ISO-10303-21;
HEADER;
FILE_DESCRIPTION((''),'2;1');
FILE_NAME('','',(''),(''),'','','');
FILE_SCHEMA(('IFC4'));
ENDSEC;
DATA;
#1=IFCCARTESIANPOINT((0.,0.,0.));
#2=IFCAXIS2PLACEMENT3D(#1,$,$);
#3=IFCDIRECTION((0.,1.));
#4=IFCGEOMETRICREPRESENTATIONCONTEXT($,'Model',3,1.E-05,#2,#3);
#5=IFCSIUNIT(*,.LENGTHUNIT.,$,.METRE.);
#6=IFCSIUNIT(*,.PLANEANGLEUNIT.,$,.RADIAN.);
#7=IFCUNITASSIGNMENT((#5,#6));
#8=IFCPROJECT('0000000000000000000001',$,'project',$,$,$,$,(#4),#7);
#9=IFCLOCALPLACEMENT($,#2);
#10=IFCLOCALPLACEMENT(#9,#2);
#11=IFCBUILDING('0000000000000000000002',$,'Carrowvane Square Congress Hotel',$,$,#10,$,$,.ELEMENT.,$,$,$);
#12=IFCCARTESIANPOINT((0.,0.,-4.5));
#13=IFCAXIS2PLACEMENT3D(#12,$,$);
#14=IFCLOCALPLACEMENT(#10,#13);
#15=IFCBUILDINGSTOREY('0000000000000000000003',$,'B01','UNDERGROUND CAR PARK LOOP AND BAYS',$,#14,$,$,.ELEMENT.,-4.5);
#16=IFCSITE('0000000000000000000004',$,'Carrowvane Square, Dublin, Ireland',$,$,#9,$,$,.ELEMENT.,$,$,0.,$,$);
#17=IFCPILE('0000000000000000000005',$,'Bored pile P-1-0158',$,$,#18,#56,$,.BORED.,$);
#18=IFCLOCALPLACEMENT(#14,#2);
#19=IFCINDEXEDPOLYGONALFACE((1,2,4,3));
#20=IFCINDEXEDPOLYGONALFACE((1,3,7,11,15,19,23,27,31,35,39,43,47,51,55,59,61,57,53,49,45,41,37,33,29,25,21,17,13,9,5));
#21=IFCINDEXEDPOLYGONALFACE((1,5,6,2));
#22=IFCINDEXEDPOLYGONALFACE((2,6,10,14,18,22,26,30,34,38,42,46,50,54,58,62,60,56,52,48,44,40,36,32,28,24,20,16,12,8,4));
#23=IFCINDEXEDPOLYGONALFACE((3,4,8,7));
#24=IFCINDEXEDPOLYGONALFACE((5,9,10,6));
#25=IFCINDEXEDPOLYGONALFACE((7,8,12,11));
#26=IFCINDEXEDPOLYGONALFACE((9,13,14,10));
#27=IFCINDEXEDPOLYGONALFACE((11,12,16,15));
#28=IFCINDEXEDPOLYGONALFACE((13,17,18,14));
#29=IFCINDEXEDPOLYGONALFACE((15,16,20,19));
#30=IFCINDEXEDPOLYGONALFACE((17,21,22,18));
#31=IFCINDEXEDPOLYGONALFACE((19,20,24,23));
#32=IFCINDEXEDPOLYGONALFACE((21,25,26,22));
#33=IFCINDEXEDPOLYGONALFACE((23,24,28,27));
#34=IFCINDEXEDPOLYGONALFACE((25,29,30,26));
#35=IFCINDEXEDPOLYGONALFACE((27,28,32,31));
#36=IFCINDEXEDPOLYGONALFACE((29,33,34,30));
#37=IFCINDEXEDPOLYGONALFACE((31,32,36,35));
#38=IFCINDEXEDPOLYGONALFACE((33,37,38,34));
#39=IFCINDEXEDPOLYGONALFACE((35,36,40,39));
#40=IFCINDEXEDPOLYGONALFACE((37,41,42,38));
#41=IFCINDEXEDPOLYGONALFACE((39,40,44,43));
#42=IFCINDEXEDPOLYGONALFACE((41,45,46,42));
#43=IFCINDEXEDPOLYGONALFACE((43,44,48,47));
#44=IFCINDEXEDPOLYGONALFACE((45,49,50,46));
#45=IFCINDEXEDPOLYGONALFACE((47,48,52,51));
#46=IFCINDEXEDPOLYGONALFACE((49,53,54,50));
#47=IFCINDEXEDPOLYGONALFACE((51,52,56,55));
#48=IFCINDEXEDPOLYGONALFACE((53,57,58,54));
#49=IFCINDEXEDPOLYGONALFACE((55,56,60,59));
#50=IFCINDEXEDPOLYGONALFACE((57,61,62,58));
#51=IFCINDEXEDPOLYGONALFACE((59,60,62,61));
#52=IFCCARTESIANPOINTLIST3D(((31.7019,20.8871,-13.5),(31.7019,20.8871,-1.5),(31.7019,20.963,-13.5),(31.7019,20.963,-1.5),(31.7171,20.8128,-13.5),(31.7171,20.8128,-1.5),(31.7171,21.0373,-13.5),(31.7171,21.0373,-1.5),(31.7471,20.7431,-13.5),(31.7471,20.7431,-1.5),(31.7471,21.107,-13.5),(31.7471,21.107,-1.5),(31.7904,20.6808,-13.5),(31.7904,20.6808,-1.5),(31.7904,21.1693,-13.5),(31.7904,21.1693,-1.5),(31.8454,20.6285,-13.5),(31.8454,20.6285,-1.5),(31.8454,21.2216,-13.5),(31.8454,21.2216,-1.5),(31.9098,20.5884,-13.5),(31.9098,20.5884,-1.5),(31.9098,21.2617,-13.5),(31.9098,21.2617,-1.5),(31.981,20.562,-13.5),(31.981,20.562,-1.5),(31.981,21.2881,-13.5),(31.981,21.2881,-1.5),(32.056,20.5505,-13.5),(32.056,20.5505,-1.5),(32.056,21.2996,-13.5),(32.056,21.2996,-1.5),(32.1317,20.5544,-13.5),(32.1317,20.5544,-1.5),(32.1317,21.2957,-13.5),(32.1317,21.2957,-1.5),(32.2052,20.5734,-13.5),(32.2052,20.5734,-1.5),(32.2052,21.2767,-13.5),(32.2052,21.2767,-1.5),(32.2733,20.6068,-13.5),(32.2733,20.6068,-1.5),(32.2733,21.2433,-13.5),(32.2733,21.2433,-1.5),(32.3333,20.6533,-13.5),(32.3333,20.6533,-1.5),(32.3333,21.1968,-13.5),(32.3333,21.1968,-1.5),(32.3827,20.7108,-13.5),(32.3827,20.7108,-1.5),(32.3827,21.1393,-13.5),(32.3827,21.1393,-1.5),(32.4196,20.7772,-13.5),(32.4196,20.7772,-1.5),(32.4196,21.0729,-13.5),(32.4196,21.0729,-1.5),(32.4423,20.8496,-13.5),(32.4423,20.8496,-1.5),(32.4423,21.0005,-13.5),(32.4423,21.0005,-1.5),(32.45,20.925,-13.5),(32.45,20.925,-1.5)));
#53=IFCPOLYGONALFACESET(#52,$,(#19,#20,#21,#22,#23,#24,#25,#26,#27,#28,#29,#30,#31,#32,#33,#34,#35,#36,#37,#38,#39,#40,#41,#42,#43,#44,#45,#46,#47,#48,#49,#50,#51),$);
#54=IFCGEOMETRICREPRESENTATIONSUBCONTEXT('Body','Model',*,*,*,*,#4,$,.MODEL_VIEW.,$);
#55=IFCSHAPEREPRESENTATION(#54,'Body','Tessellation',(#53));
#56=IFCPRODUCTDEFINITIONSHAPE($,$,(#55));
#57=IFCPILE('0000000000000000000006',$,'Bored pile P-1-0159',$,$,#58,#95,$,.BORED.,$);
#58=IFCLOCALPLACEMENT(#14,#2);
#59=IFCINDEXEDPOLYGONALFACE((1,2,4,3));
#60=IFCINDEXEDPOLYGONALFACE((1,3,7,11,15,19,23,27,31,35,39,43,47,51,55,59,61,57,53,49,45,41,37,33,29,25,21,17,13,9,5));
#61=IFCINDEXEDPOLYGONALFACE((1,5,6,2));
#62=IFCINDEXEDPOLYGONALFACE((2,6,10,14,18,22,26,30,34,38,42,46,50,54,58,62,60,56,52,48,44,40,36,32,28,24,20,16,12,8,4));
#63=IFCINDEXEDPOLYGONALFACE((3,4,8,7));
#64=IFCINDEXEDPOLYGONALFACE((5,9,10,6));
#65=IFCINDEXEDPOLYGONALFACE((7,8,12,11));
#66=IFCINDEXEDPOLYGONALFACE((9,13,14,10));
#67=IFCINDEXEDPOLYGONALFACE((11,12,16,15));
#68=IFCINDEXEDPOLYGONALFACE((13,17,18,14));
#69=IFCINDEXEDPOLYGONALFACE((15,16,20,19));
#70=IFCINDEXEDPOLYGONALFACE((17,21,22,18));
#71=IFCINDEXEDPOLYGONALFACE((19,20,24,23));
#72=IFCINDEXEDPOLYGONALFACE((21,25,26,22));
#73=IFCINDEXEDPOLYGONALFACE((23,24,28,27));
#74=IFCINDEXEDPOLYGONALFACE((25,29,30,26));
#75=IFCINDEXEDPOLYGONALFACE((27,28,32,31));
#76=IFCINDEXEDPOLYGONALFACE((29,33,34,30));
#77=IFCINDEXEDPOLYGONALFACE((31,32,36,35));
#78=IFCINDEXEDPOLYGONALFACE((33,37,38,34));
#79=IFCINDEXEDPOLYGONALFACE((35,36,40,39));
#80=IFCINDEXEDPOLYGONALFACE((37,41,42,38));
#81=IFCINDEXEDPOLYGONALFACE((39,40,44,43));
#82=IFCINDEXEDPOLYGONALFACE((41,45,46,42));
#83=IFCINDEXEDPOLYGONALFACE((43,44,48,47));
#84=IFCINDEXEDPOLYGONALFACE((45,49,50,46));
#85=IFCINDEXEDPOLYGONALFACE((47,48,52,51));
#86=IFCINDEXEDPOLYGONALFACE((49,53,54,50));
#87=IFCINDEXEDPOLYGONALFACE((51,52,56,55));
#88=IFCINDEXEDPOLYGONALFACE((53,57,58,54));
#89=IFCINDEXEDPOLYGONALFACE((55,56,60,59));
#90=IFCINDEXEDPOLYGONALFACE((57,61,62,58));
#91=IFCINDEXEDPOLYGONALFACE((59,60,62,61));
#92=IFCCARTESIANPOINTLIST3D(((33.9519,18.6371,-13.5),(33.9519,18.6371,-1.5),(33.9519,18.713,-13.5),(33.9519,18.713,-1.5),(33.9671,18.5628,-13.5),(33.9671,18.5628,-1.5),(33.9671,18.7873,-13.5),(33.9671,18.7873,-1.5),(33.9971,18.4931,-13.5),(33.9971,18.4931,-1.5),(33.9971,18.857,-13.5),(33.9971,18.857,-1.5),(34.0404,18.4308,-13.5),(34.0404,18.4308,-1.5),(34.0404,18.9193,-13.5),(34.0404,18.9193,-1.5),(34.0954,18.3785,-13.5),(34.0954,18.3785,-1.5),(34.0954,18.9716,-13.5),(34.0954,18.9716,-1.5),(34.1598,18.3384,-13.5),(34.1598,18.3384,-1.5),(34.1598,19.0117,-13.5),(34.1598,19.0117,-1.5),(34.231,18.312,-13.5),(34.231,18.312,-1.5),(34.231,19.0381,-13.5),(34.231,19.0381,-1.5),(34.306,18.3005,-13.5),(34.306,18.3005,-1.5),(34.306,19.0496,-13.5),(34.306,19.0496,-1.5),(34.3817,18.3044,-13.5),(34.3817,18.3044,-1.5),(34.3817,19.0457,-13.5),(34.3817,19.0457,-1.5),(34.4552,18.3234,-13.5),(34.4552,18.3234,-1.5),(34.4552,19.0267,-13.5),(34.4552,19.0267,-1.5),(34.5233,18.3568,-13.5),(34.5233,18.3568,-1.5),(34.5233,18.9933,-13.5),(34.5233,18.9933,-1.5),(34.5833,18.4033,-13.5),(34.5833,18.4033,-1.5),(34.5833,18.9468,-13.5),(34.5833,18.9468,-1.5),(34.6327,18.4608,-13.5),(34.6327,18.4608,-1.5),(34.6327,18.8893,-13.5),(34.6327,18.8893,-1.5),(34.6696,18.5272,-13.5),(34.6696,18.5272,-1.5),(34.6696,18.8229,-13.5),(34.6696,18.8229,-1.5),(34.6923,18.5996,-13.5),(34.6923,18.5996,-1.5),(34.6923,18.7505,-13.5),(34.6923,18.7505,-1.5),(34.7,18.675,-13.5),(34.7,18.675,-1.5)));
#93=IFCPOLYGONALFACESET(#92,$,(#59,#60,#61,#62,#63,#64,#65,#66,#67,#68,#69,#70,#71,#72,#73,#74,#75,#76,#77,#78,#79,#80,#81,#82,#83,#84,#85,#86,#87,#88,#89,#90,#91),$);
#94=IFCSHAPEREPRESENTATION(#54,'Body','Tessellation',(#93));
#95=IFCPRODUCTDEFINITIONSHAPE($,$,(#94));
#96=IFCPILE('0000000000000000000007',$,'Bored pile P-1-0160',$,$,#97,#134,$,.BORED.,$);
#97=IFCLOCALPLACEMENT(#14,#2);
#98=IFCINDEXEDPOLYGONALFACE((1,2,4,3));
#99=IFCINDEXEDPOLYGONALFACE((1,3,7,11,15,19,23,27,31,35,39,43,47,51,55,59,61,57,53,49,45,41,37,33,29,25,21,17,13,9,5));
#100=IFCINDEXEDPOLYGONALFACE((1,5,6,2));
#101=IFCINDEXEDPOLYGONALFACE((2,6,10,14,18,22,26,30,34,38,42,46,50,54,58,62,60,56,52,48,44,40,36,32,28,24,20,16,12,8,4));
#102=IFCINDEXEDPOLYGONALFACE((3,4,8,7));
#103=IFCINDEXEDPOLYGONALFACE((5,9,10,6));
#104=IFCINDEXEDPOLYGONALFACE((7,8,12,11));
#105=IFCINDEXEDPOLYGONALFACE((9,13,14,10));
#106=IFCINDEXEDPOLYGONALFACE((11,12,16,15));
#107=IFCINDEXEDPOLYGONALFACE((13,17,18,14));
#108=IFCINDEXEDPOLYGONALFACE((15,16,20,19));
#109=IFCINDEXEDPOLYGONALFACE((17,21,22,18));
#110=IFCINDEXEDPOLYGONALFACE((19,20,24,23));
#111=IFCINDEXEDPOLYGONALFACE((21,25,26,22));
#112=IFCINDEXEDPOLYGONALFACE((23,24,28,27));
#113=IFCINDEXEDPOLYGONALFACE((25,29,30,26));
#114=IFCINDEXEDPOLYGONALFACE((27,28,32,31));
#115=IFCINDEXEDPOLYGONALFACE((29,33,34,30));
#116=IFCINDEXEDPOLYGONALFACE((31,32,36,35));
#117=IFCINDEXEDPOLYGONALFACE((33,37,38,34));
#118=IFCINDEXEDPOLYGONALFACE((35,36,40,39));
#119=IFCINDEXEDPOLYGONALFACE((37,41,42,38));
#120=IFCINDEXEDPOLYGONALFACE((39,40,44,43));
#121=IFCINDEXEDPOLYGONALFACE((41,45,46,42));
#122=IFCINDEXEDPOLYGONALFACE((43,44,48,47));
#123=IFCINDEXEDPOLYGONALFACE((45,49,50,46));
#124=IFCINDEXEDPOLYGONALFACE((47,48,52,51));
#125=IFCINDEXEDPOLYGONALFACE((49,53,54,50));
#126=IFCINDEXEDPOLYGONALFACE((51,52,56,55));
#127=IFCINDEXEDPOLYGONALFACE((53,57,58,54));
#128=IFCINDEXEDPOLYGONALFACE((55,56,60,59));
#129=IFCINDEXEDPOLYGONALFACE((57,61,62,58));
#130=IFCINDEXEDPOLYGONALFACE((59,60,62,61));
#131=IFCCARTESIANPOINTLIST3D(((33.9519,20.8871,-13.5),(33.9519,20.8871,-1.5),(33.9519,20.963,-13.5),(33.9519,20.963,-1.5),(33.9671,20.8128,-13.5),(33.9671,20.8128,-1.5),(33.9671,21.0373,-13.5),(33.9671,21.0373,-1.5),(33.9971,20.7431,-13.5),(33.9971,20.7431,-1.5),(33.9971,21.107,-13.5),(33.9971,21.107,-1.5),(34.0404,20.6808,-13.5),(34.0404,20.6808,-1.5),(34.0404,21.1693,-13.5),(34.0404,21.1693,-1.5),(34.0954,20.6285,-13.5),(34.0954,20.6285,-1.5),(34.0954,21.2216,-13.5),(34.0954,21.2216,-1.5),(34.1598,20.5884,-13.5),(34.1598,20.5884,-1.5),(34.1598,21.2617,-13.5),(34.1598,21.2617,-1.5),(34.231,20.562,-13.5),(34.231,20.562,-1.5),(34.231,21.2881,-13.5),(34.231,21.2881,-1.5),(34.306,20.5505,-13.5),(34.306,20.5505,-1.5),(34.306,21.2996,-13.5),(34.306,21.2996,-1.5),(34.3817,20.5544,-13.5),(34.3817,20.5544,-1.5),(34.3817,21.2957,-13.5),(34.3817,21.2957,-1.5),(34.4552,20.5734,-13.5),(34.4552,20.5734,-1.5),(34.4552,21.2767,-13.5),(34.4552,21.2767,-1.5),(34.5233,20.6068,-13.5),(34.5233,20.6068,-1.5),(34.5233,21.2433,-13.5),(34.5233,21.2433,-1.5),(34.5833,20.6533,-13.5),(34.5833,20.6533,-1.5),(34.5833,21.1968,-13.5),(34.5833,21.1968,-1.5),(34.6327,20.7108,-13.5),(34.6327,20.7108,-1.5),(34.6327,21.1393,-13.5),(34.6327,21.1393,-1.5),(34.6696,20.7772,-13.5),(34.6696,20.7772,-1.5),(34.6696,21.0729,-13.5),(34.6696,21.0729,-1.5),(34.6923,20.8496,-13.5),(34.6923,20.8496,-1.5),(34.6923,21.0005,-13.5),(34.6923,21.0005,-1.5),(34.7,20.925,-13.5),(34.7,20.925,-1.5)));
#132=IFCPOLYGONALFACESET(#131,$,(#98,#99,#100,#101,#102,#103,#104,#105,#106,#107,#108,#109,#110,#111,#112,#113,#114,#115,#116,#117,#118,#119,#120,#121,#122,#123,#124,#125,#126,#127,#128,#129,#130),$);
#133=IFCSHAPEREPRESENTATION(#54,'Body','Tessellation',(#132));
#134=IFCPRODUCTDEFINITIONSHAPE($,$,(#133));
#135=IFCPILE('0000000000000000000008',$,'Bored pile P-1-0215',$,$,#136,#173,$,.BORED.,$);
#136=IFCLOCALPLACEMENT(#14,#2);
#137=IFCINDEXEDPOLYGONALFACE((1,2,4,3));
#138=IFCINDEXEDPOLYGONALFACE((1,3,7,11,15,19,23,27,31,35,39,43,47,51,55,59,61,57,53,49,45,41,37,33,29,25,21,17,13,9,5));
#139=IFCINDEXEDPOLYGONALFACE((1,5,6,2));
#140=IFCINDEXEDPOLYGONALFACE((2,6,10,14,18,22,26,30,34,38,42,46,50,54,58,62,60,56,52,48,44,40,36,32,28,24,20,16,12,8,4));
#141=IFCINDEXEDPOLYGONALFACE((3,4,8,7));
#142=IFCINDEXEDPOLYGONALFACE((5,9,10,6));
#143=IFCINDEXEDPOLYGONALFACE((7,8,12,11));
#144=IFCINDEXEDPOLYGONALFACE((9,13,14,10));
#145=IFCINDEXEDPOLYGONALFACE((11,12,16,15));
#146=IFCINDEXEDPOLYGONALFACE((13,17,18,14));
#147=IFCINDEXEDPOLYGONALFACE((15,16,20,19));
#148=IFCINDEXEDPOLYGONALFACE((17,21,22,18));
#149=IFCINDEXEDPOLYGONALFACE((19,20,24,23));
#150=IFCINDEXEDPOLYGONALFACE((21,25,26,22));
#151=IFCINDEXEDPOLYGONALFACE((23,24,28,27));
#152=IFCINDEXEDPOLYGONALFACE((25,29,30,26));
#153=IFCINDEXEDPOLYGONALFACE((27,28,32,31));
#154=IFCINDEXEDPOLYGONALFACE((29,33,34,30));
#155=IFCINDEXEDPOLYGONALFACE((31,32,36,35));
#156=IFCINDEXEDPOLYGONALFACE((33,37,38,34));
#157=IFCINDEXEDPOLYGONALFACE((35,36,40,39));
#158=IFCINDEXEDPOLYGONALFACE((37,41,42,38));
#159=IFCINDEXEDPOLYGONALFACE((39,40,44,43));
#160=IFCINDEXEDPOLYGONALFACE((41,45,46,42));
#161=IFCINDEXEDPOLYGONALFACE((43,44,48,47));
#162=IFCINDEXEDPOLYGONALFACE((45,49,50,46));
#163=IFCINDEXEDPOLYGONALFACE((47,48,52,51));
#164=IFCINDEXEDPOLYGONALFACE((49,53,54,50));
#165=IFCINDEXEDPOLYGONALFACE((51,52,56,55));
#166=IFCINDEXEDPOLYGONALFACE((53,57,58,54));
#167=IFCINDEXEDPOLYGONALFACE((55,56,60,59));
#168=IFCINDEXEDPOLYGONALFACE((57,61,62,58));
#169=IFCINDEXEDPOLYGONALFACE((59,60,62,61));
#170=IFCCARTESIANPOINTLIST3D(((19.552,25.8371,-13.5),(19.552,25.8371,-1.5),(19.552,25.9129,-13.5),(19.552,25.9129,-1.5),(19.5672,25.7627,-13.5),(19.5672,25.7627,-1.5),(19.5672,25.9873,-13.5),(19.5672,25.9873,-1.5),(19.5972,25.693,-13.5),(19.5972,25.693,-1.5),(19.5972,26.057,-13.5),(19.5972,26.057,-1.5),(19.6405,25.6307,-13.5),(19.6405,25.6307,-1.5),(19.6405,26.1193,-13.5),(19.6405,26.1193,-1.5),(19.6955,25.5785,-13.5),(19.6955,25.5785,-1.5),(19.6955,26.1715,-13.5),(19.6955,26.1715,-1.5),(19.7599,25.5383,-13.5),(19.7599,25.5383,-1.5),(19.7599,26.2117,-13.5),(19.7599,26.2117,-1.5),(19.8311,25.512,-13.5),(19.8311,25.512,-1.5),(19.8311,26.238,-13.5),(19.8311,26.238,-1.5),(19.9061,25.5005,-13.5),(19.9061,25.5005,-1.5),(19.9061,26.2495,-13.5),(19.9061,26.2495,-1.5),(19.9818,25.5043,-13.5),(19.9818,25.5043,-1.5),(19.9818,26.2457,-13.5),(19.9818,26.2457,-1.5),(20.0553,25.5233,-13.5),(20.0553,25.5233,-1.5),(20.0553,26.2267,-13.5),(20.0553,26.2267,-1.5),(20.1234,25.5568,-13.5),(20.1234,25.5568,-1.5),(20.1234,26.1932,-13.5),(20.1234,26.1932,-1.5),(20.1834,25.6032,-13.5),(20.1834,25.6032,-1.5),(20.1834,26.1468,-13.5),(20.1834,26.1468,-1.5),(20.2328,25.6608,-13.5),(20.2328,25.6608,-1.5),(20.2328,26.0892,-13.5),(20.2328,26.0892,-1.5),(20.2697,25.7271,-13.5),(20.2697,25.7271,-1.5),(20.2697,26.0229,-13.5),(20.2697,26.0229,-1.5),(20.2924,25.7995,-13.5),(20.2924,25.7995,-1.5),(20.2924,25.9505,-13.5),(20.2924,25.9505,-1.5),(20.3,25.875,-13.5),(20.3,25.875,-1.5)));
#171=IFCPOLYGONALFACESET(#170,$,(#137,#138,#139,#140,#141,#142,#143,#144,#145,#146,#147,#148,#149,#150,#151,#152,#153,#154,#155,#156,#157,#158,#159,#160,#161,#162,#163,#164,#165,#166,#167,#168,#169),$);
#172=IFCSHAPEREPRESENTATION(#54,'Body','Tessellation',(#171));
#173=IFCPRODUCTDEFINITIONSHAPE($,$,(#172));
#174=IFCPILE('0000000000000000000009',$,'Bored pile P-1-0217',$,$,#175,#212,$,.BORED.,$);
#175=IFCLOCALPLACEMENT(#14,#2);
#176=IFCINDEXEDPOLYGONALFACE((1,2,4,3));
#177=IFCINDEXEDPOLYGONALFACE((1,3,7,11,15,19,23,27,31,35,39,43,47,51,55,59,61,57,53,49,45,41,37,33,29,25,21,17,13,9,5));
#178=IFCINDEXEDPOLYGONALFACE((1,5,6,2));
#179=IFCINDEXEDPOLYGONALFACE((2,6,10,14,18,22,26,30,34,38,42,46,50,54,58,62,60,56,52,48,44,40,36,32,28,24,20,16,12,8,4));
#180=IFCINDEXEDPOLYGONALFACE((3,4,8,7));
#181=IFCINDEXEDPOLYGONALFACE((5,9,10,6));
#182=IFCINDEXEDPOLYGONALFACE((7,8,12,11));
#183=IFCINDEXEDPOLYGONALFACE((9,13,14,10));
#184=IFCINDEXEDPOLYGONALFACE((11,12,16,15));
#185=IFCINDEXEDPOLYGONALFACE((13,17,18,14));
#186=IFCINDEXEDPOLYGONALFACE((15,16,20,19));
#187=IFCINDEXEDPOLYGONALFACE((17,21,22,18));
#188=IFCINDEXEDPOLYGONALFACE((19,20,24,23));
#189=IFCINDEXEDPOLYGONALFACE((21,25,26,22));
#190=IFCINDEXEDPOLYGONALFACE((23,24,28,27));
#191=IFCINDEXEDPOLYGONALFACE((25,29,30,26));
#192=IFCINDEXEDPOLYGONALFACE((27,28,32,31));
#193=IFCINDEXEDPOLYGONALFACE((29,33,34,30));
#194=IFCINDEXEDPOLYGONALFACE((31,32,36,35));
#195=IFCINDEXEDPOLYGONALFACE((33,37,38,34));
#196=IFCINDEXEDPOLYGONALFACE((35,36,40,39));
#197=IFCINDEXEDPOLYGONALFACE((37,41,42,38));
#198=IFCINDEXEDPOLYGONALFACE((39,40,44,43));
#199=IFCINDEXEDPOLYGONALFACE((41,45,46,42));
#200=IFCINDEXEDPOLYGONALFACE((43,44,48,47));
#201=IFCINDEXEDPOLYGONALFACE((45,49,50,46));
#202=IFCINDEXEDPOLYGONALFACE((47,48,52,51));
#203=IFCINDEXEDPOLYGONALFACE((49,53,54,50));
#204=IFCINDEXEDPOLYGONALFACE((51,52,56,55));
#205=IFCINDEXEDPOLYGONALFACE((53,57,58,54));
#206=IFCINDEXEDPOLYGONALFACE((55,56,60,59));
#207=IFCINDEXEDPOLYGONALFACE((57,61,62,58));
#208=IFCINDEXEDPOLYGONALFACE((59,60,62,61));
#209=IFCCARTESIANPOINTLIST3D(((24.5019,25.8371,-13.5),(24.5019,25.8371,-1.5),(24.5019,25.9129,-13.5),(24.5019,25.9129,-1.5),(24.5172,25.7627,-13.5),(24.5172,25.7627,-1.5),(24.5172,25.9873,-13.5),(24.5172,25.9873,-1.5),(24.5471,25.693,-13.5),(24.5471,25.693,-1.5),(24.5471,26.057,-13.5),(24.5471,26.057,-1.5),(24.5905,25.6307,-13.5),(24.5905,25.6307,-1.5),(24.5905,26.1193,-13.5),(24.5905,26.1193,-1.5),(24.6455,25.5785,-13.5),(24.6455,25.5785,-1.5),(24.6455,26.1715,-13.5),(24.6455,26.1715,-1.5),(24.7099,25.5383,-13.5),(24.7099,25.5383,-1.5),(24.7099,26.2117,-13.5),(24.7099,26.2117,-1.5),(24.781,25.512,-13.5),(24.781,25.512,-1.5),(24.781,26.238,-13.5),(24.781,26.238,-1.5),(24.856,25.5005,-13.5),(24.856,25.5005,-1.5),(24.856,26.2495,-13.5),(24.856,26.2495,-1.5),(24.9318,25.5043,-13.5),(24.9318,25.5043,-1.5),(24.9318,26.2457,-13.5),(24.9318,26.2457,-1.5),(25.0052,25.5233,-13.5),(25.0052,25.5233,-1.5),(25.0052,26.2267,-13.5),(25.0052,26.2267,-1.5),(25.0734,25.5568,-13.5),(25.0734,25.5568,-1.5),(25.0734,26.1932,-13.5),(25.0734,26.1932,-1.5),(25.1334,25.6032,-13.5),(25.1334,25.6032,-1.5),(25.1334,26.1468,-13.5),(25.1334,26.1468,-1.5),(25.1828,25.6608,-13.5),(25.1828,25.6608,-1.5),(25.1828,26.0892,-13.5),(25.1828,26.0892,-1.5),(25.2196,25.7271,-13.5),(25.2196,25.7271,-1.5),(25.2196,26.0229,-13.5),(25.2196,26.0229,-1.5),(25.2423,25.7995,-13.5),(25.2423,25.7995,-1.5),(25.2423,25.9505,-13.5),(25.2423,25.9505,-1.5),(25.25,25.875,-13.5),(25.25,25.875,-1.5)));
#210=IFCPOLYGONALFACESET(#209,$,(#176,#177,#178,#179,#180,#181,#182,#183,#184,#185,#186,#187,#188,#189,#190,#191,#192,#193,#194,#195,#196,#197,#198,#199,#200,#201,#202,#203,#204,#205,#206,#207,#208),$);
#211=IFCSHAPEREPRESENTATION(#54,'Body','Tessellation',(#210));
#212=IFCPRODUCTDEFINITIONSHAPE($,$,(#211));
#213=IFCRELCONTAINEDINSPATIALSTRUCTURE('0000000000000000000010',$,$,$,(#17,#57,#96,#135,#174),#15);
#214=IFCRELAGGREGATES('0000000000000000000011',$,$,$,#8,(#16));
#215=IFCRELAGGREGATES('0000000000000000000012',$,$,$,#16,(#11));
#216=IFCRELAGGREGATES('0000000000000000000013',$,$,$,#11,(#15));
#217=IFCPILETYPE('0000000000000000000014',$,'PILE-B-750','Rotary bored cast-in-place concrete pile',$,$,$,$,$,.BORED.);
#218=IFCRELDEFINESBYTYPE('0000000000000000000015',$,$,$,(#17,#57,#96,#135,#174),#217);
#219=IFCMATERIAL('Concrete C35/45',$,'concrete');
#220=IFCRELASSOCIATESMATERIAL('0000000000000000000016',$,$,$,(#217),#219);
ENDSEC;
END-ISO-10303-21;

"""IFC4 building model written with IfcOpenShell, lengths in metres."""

from ifc_helpers import new_model, si_unit, direction, frame, origin, origin_2d, place, context, subcontext, project, spatial, circle, extrude, material, material_profile, profile_set, type_object, element, save


model = new_model("IFC4")

# Units and contexts
model_context = context("Model", 3, precision=1e-05, world=origin(), true_north=direction((0.0, 1.0)))
body_context = subcontext(model_context, "Body", "Model", "MODEL_VIEW")
ifc_project = project(units=[si_unit("LENGTHUNIT", "METRE"), si_unit("PLANEANGLEUNIT", "RADIAN")], contexts=[model_context])

# Site, building, storey
site_placement = place(None, origin())
site = spatial("IfcSite", under=ifc_project, at=site_placement, Name="Carrowvane Square, Dublin, Ireland", CompositionType="ELEMENT", RefElevation=0.0)
building_placement = place(site_placement, origin())
building = spatial("IfcBuilding", under=site, at=building_placement, Name="Carrowvane Square Congress Hotel", CompositionType="ELEMENT")
storey_placement = place(building_placement, frame((0.0, 0.0, -4.5)))
storey = spatial("IfcBuildingStorey", under=building, at=storey_placement, Name="B01", Description="UNDERGROUND CAR PARK LOOP AND BAYS", CompositionType="ELEMENT", Elevation=-4.5)

# Piles
ifc_material_1 = material(Name="Concrete C35/45", Category="concrete")
ifc_material_profile_1 = material_profile(ifc_material_1, circle(Radius=0.375, at=origin_2d()), Name="PILE D750")
ifc_profile_set_1 = profile_set([ifc_material_profile_1], Name="Concrete C35/45")
pile_type = type_object("IfcPileType", Name="PILE-B-750", Description="Rotary bored cast-in-place concrete pile", PredefinedType="BORED", material=ifc_profile_set_1)
for number, where, z_axis, x_axis, name in (
    (1, (32.075, 20.925, -1.5), (0.0, 0.0, -1.0), (1.0, 0.0, 0.0), "Bored pile P-1-0158"),
    (2, (34.325, 18.675, -1.5), (0.0, 0.0, -1.0), (1.0, 0.0, 0.0), "Bored pile P-1-0159"),
    (3, (34.325, 20.925, -1.5), (0.0, 0.0, -1.0), (1.0, 0.0, 0.0), "Bored pile P-1-0160"),
    (4, (19.925, 25.875, -1.5), (0.0, 0.0, -1.0), (1.0, 0.0, 0.0), "Bored pile P-1-0215"),
    (5, (24.875, 25.875, -1.5), (0.0, 0.0, -1.0), (1.0, 0.0, 0.0), "Bored pile P-1-0217"),
):
    element("IfcPile", number, at=place(storey_placement, frame(where, z_axis=z_axis, x_axis=x_axis)), inside=storey, type_object=pile_type, Name=name, PredefinedType="BORED", context=body_context, shape_type="SweptSolid", body=[
        extrude(circle(Radius=0.375, at=origin_2d()), origin(), (0.0, 0.0, 1.0), 12.0),
    ])

save(model, "model.ifc")
